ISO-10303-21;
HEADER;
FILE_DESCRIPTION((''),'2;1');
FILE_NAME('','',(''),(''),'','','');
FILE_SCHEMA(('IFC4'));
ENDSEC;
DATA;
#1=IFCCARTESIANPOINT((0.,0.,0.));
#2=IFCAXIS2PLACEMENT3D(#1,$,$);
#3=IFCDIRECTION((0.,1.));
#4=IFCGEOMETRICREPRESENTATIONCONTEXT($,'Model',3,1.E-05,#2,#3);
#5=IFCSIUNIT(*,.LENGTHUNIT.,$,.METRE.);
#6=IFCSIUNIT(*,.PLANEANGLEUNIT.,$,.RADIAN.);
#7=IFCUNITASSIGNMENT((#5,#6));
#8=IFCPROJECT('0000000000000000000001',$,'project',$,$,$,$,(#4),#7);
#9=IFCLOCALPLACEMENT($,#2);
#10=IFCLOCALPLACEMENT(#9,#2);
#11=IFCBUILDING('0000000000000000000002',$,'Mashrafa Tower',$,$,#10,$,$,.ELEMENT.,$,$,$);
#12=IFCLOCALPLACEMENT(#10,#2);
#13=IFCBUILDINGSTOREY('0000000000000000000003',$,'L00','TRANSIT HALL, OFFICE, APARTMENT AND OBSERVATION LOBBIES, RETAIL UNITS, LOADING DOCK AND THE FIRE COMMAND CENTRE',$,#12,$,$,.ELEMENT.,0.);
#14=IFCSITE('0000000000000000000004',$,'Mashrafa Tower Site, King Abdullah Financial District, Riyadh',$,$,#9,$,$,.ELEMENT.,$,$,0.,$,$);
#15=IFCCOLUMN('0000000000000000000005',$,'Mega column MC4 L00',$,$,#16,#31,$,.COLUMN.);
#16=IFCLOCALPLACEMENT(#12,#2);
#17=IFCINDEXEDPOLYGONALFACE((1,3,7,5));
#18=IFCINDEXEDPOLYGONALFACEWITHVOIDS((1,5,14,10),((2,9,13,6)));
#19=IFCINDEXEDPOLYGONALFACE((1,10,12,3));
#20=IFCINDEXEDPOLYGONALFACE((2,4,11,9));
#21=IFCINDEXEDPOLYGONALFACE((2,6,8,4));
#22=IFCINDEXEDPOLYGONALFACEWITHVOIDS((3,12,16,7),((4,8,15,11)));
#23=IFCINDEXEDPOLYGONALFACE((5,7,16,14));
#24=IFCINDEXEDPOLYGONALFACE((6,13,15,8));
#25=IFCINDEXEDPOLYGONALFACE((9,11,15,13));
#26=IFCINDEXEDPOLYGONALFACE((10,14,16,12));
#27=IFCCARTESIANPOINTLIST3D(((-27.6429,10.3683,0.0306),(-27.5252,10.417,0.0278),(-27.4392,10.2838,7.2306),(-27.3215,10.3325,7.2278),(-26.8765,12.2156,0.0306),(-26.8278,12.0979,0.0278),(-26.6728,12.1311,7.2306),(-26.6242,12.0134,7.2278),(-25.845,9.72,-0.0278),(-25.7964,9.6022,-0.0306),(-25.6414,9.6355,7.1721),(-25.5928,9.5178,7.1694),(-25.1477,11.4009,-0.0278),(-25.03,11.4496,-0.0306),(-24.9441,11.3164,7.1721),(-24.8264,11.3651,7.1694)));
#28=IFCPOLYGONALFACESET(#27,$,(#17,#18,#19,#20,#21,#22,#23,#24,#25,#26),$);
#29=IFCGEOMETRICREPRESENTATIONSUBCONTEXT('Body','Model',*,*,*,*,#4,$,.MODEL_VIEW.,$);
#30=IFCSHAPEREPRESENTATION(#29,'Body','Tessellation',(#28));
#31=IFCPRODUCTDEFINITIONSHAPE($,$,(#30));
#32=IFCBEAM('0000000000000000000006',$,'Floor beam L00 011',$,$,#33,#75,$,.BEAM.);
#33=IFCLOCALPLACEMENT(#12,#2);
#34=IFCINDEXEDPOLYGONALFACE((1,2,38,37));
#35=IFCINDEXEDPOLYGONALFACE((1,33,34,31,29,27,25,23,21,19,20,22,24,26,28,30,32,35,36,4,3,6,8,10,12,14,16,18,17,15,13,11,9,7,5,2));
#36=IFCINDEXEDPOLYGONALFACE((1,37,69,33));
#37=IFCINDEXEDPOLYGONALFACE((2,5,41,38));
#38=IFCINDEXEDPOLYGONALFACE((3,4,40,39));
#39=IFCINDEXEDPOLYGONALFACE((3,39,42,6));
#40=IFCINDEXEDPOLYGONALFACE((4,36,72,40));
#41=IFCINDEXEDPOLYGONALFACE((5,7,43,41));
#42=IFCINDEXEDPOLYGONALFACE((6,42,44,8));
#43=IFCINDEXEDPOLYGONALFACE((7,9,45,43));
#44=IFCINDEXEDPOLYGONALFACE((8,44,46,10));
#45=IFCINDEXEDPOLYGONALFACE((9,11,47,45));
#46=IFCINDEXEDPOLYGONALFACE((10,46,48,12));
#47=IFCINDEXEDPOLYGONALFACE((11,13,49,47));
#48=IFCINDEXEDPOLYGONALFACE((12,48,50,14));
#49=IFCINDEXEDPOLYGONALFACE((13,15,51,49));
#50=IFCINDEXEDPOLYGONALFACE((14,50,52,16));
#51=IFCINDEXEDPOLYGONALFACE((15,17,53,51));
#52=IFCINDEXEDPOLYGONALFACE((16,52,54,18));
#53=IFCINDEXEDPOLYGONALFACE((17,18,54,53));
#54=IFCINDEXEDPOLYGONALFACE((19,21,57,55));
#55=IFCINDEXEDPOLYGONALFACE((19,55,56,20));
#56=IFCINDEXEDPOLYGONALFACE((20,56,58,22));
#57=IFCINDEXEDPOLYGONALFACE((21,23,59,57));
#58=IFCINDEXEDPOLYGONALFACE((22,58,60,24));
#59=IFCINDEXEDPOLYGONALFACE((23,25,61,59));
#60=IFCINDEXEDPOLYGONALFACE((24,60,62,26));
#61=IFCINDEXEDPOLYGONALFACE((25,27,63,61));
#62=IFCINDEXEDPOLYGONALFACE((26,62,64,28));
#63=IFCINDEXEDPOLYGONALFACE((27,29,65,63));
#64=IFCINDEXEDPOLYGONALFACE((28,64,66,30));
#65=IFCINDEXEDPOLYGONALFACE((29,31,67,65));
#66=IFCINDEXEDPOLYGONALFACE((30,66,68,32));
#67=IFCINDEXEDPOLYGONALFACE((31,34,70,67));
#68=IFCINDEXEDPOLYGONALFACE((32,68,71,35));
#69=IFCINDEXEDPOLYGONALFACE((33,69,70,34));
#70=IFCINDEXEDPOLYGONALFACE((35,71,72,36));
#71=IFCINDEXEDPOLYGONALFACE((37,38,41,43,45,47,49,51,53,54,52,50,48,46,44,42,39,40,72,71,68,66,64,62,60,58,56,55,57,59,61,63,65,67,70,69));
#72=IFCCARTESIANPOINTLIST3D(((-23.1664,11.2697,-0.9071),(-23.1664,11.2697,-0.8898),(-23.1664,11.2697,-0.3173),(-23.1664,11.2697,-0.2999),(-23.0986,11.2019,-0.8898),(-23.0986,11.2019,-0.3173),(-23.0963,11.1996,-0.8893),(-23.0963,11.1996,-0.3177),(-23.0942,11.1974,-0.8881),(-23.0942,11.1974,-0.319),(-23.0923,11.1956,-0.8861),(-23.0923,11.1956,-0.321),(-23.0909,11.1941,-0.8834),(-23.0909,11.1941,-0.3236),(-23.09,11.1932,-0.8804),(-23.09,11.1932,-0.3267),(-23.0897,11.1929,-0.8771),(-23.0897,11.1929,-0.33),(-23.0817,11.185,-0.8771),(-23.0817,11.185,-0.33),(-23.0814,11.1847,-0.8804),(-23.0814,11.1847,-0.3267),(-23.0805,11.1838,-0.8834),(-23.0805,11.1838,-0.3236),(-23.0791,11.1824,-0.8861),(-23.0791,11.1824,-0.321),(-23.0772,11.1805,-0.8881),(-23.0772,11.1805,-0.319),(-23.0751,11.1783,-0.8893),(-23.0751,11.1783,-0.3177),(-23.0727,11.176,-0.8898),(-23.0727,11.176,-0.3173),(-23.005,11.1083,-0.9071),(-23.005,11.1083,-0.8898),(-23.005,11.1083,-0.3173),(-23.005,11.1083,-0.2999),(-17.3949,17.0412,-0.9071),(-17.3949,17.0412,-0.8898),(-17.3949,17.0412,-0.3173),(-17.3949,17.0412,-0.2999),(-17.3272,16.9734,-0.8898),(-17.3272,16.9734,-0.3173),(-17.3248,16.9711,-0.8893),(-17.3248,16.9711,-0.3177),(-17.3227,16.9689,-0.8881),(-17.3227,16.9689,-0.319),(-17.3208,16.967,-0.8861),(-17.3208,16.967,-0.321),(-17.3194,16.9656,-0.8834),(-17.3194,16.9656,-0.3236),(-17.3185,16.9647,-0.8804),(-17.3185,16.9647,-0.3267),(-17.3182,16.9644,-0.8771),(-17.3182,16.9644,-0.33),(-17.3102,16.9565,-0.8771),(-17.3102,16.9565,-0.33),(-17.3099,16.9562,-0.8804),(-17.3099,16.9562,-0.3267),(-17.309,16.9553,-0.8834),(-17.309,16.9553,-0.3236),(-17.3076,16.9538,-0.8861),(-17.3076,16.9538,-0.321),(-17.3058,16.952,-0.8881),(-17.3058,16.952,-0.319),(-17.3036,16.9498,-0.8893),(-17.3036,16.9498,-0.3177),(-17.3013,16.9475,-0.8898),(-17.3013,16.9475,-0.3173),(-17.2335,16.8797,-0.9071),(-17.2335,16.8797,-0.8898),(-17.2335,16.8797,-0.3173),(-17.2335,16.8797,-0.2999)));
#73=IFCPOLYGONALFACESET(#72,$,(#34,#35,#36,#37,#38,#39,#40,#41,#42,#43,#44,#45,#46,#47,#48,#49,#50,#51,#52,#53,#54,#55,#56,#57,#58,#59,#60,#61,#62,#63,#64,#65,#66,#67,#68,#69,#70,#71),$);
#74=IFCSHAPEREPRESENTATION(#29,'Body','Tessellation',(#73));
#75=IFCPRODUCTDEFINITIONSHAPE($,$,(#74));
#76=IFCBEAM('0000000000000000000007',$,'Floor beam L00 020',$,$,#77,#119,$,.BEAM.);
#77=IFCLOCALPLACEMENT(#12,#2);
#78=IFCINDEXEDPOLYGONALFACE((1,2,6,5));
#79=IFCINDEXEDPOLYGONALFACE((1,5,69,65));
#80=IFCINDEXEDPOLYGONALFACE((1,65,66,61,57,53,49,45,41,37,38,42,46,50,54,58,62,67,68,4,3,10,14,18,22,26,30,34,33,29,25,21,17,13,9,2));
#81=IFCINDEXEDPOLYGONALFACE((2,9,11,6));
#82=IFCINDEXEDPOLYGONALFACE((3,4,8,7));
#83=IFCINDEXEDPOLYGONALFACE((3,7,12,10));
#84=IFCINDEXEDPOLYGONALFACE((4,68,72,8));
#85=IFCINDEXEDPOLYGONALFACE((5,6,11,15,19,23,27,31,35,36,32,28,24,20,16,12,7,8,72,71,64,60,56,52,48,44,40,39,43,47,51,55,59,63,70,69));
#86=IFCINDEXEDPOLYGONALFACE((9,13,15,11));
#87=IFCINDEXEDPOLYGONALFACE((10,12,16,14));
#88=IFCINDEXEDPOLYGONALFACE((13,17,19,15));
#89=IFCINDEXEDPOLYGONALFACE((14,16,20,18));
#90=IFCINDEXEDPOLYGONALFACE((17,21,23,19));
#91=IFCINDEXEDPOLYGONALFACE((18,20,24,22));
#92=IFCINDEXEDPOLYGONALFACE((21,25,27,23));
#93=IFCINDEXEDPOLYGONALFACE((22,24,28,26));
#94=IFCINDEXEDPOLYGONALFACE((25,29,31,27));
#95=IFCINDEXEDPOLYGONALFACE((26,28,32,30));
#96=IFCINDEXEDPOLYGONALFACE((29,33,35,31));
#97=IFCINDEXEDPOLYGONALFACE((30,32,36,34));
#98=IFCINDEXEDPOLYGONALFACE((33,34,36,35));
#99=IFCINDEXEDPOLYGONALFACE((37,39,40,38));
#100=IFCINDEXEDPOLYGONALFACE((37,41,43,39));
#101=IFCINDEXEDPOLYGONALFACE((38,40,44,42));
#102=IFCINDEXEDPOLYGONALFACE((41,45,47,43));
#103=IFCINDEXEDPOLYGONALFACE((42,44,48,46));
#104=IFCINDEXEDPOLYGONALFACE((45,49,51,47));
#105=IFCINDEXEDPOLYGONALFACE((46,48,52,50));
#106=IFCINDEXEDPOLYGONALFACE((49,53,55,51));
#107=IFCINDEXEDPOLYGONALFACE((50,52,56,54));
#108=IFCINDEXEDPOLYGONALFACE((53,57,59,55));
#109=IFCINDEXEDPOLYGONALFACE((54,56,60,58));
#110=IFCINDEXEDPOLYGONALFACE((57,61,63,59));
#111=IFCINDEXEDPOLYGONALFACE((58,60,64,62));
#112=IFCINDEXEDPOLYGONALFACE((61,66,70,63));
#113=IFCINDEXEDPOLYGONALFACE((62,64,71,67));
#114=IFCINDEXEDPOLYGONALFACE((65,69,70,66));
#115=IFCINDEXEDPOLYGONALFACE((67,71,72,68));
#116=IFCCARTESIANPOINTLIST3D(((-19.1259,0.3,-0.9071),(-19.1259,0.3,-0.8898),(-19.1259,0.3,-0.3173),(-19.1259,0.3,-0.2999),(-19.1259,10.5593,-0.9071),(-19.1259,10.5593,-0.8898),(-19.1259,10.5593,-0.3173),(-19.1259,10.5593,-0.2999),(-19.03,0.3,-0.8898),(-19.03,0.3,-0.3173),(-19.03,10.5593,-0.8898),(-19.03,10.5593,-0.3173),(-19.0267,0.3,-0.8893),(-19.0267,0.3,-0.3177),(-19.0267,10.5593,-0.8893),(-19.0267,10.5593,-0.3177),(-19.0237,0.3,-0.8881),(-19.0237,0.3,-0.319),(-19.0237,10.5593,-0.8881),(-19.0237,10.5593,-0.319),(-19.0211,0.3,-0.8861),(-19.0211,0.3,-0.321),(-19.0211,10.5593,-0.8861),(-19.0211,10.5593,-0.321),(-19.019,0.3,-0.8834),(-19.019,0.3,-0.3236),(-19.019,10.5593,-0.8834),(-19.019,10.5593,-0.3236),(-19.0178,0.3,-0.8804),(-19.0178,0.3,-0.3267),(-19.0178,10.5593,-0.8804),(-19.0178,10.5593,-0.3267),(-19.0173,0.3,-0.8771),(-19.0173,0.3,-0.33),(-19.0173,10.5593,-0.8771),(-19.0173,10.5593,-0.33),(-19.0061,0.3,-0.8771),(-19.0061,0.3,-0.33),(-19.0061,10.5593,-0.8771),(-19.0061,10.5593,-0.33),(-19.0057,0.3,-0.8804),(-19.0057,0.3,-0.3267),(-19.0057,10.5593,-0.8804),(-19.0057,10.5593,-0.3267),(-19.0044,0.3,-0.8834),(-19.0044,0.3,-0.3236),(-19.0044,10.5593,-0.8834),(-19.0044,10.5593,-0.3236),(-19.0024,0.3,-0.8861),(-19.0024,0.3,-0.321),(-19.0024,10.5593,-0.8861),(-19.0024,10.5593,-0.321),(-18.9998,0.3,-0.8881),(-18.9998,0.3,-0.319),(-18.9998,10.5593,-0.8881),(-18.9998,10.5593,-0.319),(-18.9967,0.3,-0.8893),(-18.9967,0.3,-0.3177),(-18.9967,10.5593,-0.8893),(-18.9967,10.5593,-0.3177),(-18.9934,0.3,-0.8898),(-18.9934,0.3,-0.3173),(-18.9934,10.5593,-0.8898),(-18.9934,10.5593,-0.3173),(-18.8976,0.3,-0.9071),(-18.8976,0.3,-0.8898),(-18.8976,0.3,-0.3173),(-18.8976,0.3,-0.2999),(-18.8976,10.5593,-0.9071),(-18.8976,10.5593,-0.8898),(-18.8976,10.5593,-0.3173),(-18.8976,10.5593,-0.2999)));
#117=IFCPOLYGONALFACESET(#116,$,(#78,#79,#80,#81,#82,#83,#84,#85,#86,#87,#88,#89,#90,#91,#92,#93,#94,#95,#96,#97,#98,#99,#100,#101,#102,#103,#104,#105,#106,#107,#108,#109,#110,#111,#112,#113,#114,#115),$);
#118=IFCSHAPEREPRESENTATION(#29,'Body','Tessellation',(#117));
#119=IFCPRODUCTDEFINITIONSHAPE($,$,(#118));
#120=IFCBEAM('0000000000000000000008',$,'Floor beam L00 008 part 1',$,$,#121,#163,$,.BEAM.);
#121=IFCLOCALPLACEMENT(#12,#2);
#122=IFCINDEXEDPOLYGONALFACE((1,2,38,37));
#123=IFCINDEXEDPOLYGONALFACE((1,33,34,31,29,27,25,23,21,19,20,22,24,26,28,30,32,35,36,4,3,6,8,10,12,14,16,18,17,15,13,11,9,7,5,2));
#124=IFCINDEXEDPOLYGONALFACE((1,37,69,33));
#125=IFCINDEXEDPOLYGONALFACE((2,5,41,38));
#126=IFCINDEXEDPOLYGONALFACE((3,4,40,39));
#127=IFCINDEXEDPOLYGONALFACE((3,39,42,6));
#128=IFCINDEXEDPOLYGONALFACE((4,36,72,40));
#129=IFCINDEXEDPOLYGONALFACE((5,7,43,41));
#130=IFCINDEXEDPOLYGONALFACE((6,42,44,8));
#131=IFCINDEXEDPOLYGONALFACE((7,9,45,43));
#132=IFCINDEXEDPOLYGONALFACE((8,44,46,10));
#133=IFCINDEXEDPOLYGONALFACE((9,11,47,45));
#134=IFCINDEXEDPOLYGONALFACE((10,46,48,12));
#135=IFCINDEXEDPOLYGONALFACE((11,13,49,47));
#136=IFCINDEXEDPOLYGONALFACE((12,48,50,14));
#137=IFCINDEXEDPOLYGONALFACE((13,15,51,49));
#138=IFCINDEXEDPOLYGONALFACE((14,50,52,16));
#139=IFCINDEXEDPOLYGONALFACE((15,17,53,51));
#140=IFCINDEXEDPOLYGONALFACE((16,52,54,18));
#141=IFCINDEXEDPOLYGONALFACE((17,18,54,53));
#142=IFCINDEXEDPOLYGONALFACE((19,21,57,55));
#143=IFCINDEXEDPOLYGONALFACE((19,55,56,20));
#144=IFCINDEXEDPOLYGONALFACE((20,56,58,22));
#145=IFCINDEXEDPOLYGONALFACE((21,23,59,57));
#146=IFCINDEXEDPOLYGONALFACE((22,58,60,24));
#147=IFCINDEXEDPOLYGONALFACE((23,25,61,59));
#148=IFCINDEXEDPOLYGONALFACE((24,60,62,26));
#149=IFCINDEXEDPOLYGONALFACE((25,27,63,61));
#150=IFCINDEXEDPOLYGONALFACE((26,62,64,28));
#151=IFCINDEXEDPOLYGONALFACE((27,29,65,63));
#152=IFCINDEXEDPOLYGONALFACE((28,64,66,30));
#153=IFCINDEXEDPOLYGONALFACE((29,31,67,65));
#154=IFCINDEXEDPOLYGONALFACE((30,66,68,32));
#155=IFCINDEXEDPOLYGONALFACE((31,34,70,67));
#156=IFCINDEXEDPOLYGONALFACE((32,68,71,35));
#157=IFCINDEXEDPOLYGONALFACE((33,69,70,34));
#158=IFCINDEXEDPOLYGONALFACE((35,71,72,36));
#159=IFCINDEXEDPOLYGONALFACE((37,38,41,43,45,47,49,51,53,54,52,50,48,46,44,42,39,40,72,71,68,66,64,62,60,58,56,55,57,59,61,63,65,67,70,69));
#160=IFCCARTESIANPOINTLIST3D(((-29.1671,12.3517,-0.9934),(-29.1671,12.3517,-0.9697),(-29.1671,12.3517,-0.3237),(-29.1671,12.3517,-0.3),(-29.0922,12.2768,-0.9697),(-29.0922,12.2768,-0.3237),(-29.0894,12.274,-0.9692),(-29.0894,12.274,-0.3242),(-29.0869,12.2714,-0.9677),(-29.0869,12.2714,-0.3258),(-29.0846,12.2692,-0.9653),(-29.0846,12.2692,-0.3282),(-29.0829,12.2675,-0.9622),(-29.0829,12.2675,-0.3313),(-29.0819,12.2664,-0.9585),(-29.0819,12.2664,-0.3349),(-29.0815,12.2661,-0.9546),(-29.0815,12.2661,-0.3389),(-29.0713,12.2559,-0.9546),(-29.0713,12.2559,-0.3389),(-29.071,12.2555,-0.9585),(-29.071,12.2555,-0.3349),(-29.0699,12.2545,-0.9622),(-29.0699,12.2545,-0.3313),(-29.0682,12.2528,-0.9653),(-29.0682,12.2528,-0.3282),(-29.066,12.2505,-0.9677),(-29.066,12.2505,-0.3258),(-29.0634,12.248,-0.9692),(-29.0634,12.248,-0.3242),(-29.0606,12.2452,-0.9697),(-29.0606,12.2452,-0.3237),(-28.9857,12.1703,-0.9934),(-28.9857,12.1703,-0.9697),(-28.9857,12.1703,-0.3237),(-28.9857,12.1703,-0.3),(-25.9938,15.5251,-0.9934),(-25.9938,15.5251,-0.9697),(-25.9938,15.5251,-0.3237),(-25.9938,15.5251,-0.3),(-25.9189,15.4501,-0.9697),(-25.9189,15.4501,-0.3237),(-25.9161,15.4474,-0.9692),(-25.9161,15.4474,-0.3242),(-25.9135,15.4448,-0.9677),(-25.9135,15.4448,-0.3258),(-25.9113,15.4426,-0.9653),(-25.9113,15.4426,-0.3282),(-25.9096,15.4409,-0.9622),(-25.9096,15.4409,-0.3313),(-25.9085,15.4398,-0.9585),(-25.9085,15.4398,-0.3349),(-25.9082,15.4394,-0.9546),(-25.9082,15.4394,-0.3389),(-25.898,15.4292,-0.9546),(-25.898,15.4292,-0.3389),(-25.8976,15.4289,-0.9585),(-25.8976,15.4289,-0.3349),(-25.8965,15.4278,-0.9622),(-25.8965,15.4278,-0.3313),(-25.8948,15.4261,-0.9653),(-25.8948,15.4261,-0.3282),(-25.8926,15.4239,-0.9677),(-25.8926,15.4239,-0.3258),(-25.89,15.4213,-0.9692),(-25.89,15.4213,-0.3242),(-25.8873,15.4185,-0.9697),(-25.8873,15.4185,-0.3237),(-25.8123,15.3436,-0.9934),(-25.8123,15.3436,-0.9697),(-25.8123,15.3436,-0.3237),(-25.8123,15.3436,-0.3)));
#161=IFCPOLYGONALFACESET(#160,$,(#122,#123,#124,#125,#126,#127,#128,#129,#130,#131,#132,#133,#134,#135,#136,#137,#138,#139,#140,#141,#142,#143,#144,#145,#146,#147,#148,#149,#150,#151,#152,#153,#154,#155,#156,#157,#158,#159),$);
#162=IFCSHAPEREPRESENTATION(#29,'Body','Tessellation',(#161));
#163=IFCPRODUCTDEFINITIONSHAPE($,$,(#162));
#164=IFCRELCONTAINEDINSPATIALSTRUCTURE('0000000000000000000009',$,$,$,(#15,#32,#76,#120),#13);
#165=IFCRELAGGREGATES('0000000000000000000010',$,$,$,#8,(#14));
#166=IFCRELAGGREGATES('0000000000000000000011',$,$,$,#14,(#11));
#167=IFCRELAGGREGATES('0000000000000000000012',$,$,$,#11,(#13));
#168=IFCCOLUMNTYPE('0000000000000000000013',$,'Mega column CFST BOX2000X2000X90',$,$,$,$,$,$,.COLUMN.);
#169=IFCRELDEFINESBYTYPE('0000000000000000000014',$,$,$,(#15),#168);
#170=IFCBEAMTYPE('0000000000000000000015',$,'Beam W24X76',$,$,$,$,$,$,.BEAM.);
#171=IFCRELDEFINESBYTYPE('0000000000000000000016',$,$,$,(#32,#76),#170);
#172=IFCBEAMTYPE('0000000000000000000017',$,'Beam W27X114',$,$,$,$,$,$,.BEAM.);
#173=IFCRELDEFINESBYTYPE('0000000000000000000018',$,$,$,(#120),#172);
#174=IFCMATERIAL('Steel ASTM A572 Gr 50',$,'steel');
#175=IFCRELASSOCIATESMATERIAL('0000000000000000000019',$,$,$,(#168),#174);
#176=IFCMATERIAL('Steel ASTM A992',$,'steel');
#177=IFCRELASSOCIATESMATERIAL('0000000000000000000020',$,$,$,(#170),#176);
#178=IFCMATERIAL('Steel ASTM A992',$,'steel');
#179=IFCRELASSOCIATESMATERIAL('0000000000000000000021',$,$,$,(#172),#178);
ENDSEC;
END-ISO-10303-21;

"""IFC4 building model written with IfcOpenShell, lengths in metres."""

from ifc_helpers import new_model, si_unit, direction, frame, origin, origin_2d, place, context, subcontext, project, spatial, hollow_rectangle, i_section, extrude, material, material_profile, profile_set, type_object, element, save


model = new_model("IFC4")

# Units and contexts
model_context = context("Model", 3, precision=1e-05, world=origin(), true_north=direction((0.0, 1.0)))
body_context = subcontext(model_context, "Body", "Model", "MODEL_VIEW")
ifc_project = project(units=[si_unit("LENGTHUNIT", "METRE"), si_unit("PLANEANGLEUNIT", "RADIAN")], contexts=[model_context])

# Site, building, storey
site_placement = place(None, origin())
site = spatial("IfcSite", under=ifc_project, at=site_placement, Name="Mashrafa Tower Site, King Abdullah Financial District, Riyadh", CompositionType="ELEMENT", RefElevation=0.0)
building_placement = place(site_placement, origin())
building = spatial("IfcBuilding", under=site, at=building_placement, Name="Mashrafa Tower", CompositionType="ELEMENT")
storey_placement = place(building_placement, origin())
storey = spatial("IfcBuildingStorey", under=building, at=storey_placement, Name="L00", Description="TRANSIT HALL, OFFICE, APARTMENT AND OBSERVATION LOBBIES, RETAIL UNITS, LOADING DOCK AND THE FIRE COMMAND CENTRE", CompositionType="ELEMENT", Elevation=0.0)

# Column
ifc_material_1 = material(Name="Steel ASTM A572 Gr 50", Category="steel")
ifc_material_profile_1 = material_profile(ifc_material_1, hollow_rectangle(XDim=2.0, YDim=2.0, WallThickness=0.0901, at=origin_2d()), Name="BOX2000X2000X90")
ifc_profile_set_1 = profile_set([ifc_material_profile_1], Name="Steel ASTM A572 Gr 50")
column_type = type_object("IfcColumnType", Name="Mega column CFST BOX2000X2000X90", PredefinedType="COLUMN", material=ifc_profile_set_1)
column_placement = place(storey_placement, frame((-26.3364, 10.9089, 0.0), z_axis=(0.028267, -0.011727, 0.999532), x_axis=(0.383199, 0.923666, 0.0)))
element("IfcColumn", 1, at=column_placement, inside=storey, type_object=column_type, Name="Mega column MC4 L00", PredefinedType="COLUMN", context=body_context, shape_type="SweptSolid", body=[
    extrude(hollow_rectangle(XDim=2.0, YDim=2.0, WallThickness=0.0901, at=origin_2d()), origin(), (0.0, 0.0, 1.0), 7.2034),
])

# Beams
ifc_material_2 = material(Name="Steel ASTM A992", Category="steel")
ifc_material_profile_2 = material_profile(ifc_material_2, i_section(OverallWidth=0.2283, OverallDepth=0.6072, WebThickness=0.0112, FlangeThickness=0.0173, FilletRadius=0.0127, at=origin_2d()), Name="W24X76")
ifc_profile_set_2 = profile_set([ifc_material_profile_2], Name="Steel ASTM A992")
beam_type_1 = type_object("IfcBeamType", Name="Beam W24X76", PredefinedType="BEAM", material=ifc_profile_set_2)
beam_1_placement = place(storey_placement, frame((-23.0857, 11.189, -0.6035), z_axis=(0.707107, 0.707107, 0.0), x_axis=(-0.707107, 0.707107, 0.0)))
element("IfcBeam", 2, at=beam_1_placement, inside=storey, type_object=beam_type_1, Name="Floor beam L00 011", PredefinedType="BEAM", context=body_context, shape_type="SweptSolid", body=[
    extrude(i_section(OverallWidth=0.2283, OverallDepth=0.6072, WebThickness=0.0112, FlangeThickness=0.0173, FilletRadius=0.0127, at=origin_2d()), origin(), (0.0, 0.0, 1.0), 8.1621),
])
beam_2_placement = place(storey_placement, frame((-19.0117, 0.3, -0.6035), z_axis=(0.0, 1.0, 0.0), x_axis=(-1.0, 0.0, 0.0)))
element("IfcBeam", 3, at=beam_2_placement, inside=storey, type_object=beam_type_1, Name="Floor beam L00 020", PredefinedType="BEAM", context=body_context, shape_type="SweptSolid", body=[
    extrude(i_section(OverallWidth=0.2283, OverallDepth=0.6072, WebThickness=0.0112, FlangeThickness=0.0173, FilletRadius=0.0127, at=origin_2d()), origin(), (0.0, 0.0, 1.0), 10.2593),
])
ifc_material_3 = material(Name="Steel ASTM A992", Category="steel")
ifc_material_profile_3 = material_profile(ifc_material_3, i_section(OverallWidth=0.2566, OverallDepth=0.6934, WebThickness=0.0144, FlangeThickness=0.0237, FilletRadius=0.0151, at=origin_2d()), Name="W27X114")
ifc_profile_set_3 = profile_set([ifc_material_profile_3], Name="Steel ASTM A992")
beam_type_2 = type_object("IfcBeamType", Name="Beam W27X114", PredefinedType="BEAM", material=ifc_profile_set_3)
beam_3_placement = place(storey_placement, frame((-29.0764, 12.261, -0.6467), z_axis=(0.707107, 0.707107, 0.0), x_axis=(-0.707107, 0.707107, 0.0)))
element("IfcBeam", 4, at=beam_3_placement, inside=storey, type_object=beam_type_2, Name="Floor beam L00 008 part 1", PredefinedType="BEAM", context=body_context, shape_type="SweptSolid", body=[
    extrude(i_section(OverallWidth=0.2566, OverallDepth=0.6934, WebThickness=0.0144, FlangeThickness=0.0237, FilletRadius=0.0151, at=origin_2d()), origin(), (0.0, 0.0, 1.0), 4.4878),
])

save(model, "model.ifc")
